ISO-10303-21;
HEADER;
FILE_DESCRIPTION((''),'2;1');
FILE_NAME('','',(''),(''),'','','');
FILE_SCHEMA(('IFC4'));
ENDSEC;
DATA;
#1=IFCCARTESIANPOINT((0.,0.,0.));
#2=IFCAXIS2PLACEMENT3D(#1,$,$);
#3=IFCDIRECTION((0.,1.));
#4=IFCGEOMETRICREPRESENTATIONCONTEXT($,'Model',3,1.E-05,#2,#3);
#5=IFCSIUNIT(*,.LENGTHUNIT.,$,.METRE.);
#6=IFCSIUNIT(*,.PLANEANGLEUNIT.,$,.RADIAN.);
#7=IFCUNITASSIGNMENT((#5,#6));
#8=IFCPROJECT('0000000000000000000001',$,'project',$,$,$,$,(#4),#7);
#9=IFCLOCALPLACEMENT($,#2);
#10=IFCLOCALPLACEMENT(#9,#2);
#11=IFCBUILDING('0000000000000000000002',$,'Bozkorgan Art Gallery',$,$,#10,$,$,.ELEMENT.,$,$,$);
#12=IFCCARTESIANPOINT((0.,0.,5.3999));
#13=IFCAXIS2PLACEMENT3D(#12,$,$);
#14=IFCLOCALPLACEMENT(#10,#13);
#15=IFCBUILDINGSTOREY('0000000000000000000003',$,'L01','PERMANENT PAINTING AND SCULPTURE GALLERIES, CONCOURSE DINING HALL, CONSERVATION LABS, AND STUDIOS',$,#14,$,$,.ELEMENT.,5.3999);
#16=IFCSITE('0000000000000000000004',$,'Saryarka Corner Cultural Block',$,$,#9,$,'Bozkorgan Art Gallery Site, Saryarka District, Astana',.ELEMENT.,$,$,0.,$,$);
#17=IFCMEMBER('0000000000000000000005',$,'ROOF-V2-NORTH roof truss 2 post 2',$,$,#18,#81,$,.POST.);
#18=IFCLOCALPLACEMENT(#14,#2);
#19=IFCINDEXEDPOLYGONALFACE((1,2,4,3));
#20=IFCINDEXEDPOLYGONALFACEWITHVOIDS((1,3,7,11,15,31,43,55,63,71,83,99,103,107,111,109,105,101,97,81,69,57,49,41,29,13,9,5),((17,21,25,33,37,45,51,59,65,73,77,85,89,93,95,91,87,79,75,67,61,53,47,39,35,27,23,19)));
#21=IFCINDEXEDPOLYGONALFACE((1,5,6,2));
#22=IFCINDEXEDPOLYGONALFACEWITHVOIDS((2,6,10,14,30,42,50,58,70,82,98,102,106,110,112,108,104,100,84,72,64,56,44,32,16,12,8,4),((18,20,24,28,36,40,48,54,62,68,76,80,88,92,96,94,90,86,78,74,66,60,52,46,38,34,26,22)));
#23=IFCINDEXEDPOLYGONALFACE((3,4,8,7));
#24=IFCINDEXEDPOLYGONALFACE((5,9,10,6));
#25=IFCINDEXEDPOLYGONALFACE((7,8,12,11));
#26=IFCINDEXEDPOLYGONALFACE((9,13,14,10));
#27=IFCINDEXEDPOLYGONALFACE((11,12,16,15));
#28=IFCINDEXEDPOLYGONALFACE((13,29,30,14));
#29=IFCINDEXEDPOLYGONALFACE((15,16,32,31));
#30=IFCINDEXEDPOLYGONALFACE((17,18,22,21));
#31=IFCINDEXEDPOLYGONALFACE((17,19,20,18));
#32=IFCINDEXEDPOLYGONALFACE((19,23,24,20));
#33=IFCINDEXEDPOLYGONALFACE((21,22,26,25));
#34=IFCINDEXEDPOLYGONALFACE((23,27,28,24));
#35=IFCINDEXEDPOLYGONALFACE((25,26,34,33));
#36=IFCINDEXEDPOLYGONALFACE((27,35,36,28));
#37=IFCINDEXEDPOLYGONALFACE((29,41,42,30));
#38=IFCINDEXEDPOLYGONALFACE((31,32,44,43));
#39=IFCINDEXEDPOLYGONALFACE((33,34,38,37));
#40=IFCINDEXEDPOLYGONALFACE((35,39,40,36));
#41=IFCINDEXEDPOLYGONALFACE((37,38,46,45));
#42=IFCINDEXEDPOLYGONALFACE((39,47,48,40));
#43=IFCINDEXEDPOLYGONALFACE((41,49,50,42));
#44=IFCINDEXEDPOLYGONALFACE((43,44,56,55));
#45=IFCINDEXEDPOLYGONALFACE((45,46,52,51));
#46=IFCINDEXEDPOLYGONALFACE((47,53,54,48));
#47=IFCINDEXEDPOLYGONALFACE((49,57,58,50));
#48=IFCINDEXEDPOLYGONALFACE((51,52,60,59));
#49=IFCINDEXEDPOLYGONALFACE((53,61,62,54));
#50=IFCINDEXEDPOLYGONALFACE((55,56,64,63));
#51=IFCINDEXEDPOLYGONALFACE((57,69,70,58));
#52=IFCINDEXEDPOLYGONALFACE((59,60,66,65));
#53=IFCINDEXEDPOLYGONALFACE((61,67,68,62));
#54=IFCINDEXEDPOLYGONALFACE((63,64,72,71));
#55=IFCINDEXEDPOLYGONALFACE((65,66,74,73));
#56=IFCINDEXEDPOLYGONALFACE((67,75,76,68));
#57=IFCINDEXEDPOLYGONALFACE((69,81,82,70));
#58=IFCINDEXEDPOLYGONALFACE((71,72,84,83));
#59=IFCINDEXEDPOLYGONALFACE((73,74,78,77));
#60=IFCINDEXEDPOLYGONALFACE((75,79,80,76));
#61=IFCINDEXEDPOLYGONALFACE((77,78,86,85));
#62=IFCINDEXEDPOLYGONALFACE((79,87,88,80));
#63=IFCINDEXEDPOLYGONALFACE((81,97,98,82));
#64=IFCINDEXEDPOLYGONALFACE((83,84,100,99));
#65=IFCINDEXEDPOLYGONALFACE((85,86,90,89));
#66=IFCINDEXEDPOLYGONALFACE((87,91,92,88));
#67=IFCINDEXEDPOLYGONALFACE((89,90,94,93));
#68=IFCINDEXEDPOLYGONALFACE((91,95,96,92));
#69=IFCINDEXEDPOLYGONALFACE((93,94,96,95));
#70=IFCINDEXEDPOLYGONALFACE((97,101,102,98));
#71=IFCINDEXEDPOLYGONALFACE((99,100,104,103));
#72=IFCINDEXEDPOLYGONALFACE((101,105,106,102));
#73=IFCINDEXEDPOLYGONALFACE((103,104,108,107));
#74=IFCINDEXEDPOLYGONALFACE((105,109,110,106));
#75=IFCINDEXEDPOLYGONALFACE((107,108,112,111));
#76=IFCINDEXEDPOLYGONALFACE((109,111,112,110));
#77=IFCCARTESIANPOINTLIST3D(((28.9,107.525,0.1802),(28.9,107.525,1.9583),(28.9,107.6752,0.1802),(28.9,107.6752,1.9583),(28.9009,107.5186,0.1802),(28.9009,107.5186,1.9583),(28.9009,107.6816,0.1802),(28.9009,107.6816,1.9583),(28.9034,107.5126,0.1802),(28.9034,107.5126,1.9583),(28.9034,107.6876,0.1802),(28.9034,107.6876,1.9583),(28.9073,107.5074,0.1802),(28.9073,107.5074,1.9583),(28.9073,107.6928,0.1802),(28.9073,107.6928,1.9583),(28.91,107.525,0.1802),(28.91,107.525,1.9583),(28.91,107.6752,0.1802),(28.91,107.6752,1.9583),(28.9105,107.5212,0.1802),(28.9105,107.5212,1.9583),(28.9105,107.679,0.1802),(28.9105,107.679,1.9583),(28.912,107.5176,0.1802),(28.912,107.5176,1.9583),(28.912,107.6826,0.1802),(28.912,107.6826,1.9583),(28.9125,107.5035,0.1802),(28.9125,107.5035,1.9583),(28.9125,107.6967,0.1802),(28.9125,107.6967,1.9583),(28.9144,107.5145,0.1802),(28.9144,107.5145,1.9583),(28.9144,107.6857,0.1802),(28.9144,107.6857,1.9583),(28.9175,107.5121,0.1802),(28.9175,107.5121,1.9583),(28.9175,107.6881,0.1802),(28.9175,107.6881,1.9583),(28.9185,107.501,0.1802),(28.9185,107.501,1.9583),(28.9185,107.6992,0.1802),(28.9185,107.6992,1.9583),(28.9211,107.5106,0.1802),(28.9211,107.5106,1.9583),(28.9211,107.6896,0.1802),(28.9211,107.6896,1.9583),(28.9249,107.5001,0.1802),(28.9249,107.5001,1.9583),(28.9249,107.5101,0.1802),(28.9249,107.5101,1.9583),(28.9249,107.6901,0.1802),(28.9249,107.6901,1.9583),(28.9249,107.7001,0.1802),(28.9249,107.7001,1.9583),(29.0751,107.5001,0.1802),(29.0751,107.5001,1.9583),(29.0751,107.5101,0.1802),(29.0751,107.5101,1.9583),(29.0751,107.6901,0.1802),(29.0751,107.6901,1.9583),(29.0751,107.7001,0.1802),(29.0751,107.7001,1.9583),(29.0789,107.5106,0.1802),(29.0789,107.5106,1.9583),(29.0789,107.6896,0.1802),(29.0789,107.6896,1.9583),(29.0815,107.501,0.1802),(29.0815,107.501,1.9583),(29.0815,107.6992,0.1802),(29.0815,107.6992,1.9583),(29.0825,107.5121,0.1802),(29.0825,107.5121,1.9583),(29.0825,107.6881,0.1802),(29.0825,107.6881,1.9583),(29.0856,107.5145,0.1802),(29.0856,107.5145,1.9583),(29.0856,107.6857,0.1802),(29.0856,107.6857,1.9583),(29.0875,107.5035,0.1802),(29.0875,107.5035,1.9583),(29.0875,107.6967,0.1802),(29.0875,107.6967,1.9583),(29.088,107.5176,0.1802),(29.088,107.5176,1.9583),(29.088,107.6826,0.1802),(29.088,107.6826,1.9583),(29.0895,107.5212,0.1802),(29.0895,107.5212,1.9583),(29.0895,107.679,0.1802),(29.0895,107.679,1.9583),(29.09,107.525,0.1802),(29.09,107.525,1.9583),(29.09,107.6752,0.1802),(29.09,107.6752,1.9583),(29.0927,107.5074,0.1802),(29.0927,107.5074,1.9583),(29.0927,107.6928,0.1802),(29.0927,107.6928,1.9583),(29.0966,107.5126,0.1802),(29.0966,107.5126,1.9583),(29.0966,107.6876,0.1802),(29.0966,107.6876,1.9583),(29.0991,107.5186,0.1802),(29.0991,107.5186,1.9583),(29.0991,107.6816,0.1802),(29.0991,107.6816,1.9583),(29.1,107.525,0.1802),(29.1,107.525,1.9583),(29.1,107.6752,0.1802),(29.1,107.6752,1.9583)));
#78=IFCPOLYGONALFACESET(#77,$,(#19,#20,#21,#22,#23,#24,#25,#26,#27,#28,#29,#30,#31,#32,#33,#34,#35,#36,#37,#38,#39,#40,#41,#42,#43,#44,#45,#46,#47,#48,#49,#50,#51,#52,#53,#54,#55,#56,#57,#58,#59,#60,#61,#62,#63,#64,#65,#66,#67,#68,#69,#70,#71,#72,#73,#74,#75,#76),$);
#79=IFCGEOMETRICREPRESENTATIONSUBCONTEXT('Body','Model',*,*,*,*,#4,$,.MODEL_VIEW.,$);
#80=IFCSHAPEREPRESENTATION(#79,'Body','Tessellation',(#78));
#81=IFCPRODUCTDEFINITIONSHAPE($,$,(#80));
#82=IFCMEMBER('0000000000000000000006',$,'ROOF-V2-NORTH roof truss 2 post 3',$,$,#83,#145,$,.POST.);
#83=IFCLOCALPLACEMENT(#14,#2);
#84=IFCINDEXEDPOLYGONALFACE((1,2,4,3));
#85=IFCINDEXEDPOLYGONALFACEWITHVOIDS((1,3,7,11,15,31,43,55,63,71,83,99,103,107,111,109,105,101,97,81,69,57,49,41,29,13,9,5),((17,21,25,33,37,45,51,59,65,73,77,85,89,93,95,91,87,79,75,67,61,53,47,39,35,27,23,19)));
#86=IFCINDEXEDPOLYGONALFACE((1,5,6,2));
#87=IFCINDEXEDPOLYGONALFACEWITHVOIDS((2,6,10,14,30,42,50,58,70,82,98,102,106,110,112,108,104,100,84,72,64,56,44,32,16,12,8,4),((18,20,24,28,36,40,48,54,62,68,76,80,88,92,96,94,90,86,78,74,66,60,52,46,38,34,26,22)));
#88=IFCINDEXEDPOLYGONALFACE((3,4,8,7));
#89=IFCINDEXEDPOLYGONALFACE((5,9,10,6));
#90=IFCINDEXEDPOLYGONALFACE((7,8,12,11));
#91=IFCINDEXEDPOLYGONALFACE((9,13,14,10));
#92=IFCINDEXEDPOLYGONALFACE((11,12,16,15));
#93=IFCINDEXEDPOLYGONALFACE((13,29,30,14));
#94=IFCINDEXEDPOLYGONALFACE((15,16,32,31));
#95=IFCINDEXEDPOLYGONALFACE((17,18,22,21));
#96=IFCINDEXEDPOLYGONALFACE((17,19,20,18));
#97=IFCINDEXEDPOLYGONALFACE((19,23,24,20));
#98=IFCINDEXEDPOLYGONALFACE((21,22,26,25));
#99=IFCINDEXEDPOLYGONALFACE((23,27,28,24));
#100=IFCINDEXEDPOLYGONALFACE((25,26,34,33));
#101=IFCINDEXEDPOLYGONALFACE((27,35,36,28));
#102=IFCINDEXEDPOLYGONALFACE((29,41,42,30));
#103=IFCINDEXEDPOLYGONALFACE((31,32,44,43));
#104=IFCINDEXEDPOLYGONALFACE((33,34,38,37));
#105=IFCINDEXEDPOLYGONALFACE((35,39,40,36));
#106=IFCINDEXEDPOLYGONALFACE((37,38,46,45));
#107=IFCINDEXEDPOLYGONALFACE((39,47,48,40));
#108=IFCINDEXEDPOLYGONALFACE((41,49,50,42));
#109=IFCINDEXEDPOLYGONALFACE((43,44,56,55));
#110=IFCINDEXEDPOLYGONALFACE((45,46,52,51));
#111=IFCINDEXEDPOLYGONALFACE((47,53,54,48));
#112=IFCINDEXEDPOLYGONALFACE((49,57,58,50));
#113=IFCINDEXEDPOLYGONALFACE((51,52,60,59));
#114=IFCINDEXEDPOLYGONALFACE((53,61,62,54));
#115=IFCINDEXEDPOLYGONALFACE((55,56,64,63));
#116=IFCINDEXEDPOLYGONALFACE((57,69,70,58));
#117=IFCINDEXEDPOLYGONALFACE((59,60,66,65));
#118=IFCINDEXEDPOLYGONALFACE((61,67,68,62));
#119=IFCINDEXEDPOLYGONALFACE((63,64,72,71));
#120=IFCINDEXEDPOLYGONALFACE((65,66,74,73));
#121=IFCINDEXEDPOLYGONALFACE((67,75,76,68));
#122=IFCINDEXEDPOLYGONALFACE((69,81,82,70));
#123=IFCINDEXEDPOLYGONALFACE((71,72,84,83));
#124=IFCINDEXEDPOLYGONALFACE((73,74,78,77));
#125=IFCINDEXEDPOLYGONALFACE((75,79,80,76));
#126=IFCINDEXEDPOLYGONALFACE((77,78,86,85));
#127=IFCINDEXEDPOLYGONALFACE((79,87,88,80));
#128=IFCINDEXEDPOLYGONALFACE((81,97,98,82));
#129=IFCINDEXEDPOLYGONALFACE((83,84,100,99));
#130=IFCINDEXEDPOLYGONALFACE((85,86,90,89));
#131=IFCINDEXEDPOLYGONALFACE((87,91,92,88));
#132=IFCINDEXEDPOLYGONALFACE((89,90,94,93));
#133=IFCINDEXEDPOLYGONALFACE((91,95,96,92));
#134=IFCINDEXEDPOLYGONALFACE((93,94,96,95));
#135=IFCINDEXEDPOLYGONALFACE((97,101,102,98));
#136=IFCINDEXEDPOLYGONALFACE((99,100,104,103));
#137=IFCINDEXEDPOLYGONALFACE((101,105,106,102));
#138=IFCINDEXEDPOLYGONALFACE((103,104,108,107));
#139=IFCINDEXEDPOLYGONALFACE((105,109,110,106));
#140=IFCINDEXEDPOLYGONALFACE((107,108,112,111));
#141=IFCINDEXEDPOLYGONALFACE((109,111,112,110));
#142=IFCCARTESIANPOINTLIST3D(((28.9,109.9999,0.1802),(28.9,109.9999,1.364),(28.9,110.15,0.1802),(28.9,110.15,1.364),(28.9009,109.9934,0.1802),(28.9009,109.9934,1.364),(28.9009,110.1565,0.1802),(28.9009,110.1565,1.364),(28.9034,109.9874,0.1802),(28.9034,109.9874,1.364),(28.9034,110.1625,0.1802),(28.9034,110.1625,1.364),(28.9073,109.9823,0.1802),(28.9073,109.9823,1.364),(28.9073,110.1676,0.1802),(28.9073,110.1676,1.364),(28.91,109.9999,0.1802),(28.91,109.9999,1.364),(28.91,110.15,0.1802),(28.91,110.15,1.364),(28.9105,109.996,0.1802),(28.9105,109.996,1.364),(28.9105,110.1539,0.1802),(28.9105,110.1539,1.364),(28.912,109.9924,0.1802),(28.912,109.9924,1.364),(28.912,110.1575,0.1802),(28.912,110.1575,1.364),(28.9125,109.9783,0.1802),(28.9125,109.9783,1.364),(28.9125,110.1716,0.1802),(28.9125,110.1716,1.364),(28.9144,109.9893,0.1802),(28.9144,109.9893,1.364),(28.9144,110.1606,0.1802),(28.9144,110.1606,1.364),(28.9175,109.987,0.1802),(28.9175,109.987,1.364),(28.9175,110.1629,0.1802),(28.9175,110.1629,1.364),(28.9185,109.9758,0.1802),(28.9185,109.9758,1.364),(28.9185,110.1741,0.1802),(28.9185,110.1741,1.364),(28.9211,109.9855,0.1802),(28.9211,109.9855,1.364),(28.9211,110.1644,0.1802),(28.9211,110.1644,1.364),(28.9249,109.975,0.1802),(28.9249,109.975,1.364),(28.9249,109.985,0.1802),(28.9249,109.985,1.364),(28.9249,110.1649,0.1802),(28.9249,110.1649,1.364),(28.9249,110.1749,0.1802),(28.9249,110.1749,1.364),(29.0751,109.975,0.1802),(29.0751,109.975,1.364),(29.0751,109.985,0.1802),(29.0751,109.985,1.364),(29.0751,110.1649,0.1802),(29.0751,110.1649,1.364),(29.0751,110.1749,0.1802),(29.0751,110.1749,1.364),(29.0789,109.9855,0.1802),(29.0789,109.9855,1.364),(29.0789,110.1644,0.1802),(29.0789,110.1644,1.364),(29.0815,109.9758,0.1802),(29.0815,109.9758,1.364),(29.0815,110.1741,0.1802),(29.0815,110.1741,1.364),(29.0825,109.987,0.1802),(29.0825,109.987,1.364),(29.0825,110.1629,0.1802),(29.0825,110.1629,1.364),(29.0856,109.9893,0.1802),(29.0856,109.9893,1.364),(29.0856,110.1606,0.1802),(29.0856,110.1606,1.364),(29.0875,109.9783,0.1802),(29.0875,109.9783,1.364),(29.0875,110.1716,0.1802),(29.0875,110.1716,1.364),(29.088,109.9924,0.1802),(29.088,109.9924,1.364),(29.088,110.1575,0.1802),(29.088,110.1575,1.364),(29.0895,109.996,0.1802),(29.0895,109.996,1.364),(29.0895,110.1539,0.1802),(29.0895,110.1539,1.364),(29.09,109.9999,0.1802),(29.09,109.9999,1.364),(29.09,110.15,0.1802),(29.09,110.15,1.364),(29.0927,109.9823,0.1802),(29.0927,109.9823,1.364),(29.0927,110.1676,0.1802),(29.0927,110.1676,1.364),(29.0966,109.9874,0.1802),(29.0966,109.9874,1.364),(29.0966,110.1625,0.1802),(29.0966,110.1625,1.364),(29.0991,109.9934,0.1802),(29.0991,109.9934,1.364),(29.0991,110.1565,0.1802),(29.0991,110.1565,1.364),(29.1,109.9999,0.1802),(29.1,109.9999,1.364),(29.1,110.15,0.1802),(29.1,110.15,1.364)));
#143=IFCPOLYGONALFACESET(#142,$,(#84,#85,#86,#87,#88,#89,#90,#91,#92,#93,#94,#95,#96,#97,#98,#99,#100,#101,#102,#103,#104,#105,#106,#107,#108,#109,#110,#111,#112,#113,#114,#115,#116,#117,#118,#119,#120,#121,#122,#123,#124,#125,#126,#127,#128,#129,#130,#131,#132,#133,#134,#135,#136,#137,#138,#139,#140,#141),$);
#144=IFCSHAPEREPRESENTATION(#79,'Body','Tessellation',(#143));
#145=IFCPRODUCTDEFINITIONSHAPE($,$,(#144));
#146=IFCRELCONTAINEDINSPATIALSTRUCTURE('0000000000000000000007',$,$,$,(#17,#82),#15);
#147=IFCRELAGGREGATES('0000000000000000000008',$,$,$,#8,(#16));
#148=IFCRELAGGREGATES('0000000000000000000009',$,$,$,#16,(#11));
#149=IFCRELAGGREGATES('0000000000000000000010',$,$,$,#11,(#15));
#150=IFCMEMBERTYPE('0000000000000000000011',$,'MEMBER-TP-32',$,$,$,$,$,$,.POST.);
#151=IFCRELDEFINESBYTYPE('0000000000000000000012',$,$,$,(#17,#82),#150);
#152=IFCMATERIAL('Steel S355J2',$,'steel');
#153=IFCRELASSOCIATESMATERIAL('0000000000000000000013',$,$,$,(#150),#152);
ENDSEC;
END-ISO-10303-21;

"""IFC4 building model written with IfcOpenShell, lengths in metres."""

from ifc_helpers import new_model, si_unit, direction, frame, origin, origin_2d, place, context, subcontext, project, spatial, hollow_rectangle, extrude, material, material_profile, profile_set, type_object, element, save


model = new_model("IFC4")

# Units and contexts
model_context = context("Model", 3, precision=1e-05, world=origin(), true_north=direction((0.0, 1.0)))
body_context = subcontext(model_context, "Body", "Model", "MODEL_VIEW")
ifc_project = project(units=[si_unit("LENGTHUNIT", "METRE"), si_unit("PLANEANGLEUNIT", "RADIAN")], contexts=[model_context])

# Site, building, storey
site_placement = place(None, origin())
site = spatial("IfcSite", under=ifc_project, at=site_placement, Name="Saryarka Corner Cultural Block", LongName="Bozkorgan Art Gallery Site, Saryarka District, Astana", CompositionType="ELEMENT", RefElevation=0.0)
building_placement = place(site_placement, origin())
building = spatial("IfcBuilding", under=site, at=building_placement, Name="Bozkorgan Art Gallery", CompositionType="ELEMENT")
storey_placement = place(building_placement, frame((0.0, 0.0, 5.3999)))
storey = spatial("IfcBuildingStorey", under=building, at=storey_placement, Name="L01", Description="PERMANENT PAINTING AND SCULPTURE GALLERIES, CONCOURSE DINING HALL, CONSERVATION LABS, AND STUDIOS", CompositionType="ELEMENT", Elevation=5.3999)

# Shared definitions
ifc_material_1 = material(Name="Steel S355J2", Category="steel")

# Members
ifc_material_profile_1 = material_profile(ifc_material_1, hollow_rectangle(XDim=0.2, YDim=0.2, WallThickness=0.01, InnerFilletRadius=0.0149, OuterFilletRadius=0.0249, at=origin_2d()), Name="SHS 200x200x10")
ifc_profile_set_1 = profile_set([ifc_material_profile_1], Name="Steel S355J2")
member_type_1 = type_object("IfcMemberType", Name="MEMBER-TP-32", PredefinedType="POST", material=ifc_profile_set_1)
member_1_placement = place(storey_placement, frame((29.0, 107.6001, 0.1802), z_axis=(0.0, 0.0, 1.0), x_axis=(1.0, 0.0, 0.0)))
element("IfcMember", 1, at=member_1_placement, inside=storey, type_object=member_type_1, Name="ROOF-V2-NORTH roof truss 2 post 2", PredefinedType="POST", context=body_context, shape_type="SweptSolid", body=[
    extrude(hollow_rectangle(XDim=0.2, YDim=0.2, WallThickness=0.01, InnerFilletRadius=0.0149, OuterFilletRadius=0.0249, at=origin_2d()), origin(), (0.0, 0.0, 1.0), 1.7781),
])
member_2_placement = place(storey_placement, frame((29.0, 110.075, 0.1802), z_axis=(0.0, 0.0, 1.0), x_axis=(1.0, 0.0, 0.0)))
element("IfcMember", 2, at=member_2_placement, inside=storey, type_object=member_type_1, Name="ROOF-V2-NORTH roof truss 2 post 3", PredefinedType="POST", context=body_context, shape_type="SweptSolid", body=[
    extrude(hollow_rectangle(XDim=0.2, YDim=0.2, WallThickness=0.01, InnerFilletRadius=0.0149, OuterFilletRadius=0.0249, at=origin_2d()), origin(), (0.0, 0.0, 1.0), 1.1838),
])

save(model, "model.ifc")
